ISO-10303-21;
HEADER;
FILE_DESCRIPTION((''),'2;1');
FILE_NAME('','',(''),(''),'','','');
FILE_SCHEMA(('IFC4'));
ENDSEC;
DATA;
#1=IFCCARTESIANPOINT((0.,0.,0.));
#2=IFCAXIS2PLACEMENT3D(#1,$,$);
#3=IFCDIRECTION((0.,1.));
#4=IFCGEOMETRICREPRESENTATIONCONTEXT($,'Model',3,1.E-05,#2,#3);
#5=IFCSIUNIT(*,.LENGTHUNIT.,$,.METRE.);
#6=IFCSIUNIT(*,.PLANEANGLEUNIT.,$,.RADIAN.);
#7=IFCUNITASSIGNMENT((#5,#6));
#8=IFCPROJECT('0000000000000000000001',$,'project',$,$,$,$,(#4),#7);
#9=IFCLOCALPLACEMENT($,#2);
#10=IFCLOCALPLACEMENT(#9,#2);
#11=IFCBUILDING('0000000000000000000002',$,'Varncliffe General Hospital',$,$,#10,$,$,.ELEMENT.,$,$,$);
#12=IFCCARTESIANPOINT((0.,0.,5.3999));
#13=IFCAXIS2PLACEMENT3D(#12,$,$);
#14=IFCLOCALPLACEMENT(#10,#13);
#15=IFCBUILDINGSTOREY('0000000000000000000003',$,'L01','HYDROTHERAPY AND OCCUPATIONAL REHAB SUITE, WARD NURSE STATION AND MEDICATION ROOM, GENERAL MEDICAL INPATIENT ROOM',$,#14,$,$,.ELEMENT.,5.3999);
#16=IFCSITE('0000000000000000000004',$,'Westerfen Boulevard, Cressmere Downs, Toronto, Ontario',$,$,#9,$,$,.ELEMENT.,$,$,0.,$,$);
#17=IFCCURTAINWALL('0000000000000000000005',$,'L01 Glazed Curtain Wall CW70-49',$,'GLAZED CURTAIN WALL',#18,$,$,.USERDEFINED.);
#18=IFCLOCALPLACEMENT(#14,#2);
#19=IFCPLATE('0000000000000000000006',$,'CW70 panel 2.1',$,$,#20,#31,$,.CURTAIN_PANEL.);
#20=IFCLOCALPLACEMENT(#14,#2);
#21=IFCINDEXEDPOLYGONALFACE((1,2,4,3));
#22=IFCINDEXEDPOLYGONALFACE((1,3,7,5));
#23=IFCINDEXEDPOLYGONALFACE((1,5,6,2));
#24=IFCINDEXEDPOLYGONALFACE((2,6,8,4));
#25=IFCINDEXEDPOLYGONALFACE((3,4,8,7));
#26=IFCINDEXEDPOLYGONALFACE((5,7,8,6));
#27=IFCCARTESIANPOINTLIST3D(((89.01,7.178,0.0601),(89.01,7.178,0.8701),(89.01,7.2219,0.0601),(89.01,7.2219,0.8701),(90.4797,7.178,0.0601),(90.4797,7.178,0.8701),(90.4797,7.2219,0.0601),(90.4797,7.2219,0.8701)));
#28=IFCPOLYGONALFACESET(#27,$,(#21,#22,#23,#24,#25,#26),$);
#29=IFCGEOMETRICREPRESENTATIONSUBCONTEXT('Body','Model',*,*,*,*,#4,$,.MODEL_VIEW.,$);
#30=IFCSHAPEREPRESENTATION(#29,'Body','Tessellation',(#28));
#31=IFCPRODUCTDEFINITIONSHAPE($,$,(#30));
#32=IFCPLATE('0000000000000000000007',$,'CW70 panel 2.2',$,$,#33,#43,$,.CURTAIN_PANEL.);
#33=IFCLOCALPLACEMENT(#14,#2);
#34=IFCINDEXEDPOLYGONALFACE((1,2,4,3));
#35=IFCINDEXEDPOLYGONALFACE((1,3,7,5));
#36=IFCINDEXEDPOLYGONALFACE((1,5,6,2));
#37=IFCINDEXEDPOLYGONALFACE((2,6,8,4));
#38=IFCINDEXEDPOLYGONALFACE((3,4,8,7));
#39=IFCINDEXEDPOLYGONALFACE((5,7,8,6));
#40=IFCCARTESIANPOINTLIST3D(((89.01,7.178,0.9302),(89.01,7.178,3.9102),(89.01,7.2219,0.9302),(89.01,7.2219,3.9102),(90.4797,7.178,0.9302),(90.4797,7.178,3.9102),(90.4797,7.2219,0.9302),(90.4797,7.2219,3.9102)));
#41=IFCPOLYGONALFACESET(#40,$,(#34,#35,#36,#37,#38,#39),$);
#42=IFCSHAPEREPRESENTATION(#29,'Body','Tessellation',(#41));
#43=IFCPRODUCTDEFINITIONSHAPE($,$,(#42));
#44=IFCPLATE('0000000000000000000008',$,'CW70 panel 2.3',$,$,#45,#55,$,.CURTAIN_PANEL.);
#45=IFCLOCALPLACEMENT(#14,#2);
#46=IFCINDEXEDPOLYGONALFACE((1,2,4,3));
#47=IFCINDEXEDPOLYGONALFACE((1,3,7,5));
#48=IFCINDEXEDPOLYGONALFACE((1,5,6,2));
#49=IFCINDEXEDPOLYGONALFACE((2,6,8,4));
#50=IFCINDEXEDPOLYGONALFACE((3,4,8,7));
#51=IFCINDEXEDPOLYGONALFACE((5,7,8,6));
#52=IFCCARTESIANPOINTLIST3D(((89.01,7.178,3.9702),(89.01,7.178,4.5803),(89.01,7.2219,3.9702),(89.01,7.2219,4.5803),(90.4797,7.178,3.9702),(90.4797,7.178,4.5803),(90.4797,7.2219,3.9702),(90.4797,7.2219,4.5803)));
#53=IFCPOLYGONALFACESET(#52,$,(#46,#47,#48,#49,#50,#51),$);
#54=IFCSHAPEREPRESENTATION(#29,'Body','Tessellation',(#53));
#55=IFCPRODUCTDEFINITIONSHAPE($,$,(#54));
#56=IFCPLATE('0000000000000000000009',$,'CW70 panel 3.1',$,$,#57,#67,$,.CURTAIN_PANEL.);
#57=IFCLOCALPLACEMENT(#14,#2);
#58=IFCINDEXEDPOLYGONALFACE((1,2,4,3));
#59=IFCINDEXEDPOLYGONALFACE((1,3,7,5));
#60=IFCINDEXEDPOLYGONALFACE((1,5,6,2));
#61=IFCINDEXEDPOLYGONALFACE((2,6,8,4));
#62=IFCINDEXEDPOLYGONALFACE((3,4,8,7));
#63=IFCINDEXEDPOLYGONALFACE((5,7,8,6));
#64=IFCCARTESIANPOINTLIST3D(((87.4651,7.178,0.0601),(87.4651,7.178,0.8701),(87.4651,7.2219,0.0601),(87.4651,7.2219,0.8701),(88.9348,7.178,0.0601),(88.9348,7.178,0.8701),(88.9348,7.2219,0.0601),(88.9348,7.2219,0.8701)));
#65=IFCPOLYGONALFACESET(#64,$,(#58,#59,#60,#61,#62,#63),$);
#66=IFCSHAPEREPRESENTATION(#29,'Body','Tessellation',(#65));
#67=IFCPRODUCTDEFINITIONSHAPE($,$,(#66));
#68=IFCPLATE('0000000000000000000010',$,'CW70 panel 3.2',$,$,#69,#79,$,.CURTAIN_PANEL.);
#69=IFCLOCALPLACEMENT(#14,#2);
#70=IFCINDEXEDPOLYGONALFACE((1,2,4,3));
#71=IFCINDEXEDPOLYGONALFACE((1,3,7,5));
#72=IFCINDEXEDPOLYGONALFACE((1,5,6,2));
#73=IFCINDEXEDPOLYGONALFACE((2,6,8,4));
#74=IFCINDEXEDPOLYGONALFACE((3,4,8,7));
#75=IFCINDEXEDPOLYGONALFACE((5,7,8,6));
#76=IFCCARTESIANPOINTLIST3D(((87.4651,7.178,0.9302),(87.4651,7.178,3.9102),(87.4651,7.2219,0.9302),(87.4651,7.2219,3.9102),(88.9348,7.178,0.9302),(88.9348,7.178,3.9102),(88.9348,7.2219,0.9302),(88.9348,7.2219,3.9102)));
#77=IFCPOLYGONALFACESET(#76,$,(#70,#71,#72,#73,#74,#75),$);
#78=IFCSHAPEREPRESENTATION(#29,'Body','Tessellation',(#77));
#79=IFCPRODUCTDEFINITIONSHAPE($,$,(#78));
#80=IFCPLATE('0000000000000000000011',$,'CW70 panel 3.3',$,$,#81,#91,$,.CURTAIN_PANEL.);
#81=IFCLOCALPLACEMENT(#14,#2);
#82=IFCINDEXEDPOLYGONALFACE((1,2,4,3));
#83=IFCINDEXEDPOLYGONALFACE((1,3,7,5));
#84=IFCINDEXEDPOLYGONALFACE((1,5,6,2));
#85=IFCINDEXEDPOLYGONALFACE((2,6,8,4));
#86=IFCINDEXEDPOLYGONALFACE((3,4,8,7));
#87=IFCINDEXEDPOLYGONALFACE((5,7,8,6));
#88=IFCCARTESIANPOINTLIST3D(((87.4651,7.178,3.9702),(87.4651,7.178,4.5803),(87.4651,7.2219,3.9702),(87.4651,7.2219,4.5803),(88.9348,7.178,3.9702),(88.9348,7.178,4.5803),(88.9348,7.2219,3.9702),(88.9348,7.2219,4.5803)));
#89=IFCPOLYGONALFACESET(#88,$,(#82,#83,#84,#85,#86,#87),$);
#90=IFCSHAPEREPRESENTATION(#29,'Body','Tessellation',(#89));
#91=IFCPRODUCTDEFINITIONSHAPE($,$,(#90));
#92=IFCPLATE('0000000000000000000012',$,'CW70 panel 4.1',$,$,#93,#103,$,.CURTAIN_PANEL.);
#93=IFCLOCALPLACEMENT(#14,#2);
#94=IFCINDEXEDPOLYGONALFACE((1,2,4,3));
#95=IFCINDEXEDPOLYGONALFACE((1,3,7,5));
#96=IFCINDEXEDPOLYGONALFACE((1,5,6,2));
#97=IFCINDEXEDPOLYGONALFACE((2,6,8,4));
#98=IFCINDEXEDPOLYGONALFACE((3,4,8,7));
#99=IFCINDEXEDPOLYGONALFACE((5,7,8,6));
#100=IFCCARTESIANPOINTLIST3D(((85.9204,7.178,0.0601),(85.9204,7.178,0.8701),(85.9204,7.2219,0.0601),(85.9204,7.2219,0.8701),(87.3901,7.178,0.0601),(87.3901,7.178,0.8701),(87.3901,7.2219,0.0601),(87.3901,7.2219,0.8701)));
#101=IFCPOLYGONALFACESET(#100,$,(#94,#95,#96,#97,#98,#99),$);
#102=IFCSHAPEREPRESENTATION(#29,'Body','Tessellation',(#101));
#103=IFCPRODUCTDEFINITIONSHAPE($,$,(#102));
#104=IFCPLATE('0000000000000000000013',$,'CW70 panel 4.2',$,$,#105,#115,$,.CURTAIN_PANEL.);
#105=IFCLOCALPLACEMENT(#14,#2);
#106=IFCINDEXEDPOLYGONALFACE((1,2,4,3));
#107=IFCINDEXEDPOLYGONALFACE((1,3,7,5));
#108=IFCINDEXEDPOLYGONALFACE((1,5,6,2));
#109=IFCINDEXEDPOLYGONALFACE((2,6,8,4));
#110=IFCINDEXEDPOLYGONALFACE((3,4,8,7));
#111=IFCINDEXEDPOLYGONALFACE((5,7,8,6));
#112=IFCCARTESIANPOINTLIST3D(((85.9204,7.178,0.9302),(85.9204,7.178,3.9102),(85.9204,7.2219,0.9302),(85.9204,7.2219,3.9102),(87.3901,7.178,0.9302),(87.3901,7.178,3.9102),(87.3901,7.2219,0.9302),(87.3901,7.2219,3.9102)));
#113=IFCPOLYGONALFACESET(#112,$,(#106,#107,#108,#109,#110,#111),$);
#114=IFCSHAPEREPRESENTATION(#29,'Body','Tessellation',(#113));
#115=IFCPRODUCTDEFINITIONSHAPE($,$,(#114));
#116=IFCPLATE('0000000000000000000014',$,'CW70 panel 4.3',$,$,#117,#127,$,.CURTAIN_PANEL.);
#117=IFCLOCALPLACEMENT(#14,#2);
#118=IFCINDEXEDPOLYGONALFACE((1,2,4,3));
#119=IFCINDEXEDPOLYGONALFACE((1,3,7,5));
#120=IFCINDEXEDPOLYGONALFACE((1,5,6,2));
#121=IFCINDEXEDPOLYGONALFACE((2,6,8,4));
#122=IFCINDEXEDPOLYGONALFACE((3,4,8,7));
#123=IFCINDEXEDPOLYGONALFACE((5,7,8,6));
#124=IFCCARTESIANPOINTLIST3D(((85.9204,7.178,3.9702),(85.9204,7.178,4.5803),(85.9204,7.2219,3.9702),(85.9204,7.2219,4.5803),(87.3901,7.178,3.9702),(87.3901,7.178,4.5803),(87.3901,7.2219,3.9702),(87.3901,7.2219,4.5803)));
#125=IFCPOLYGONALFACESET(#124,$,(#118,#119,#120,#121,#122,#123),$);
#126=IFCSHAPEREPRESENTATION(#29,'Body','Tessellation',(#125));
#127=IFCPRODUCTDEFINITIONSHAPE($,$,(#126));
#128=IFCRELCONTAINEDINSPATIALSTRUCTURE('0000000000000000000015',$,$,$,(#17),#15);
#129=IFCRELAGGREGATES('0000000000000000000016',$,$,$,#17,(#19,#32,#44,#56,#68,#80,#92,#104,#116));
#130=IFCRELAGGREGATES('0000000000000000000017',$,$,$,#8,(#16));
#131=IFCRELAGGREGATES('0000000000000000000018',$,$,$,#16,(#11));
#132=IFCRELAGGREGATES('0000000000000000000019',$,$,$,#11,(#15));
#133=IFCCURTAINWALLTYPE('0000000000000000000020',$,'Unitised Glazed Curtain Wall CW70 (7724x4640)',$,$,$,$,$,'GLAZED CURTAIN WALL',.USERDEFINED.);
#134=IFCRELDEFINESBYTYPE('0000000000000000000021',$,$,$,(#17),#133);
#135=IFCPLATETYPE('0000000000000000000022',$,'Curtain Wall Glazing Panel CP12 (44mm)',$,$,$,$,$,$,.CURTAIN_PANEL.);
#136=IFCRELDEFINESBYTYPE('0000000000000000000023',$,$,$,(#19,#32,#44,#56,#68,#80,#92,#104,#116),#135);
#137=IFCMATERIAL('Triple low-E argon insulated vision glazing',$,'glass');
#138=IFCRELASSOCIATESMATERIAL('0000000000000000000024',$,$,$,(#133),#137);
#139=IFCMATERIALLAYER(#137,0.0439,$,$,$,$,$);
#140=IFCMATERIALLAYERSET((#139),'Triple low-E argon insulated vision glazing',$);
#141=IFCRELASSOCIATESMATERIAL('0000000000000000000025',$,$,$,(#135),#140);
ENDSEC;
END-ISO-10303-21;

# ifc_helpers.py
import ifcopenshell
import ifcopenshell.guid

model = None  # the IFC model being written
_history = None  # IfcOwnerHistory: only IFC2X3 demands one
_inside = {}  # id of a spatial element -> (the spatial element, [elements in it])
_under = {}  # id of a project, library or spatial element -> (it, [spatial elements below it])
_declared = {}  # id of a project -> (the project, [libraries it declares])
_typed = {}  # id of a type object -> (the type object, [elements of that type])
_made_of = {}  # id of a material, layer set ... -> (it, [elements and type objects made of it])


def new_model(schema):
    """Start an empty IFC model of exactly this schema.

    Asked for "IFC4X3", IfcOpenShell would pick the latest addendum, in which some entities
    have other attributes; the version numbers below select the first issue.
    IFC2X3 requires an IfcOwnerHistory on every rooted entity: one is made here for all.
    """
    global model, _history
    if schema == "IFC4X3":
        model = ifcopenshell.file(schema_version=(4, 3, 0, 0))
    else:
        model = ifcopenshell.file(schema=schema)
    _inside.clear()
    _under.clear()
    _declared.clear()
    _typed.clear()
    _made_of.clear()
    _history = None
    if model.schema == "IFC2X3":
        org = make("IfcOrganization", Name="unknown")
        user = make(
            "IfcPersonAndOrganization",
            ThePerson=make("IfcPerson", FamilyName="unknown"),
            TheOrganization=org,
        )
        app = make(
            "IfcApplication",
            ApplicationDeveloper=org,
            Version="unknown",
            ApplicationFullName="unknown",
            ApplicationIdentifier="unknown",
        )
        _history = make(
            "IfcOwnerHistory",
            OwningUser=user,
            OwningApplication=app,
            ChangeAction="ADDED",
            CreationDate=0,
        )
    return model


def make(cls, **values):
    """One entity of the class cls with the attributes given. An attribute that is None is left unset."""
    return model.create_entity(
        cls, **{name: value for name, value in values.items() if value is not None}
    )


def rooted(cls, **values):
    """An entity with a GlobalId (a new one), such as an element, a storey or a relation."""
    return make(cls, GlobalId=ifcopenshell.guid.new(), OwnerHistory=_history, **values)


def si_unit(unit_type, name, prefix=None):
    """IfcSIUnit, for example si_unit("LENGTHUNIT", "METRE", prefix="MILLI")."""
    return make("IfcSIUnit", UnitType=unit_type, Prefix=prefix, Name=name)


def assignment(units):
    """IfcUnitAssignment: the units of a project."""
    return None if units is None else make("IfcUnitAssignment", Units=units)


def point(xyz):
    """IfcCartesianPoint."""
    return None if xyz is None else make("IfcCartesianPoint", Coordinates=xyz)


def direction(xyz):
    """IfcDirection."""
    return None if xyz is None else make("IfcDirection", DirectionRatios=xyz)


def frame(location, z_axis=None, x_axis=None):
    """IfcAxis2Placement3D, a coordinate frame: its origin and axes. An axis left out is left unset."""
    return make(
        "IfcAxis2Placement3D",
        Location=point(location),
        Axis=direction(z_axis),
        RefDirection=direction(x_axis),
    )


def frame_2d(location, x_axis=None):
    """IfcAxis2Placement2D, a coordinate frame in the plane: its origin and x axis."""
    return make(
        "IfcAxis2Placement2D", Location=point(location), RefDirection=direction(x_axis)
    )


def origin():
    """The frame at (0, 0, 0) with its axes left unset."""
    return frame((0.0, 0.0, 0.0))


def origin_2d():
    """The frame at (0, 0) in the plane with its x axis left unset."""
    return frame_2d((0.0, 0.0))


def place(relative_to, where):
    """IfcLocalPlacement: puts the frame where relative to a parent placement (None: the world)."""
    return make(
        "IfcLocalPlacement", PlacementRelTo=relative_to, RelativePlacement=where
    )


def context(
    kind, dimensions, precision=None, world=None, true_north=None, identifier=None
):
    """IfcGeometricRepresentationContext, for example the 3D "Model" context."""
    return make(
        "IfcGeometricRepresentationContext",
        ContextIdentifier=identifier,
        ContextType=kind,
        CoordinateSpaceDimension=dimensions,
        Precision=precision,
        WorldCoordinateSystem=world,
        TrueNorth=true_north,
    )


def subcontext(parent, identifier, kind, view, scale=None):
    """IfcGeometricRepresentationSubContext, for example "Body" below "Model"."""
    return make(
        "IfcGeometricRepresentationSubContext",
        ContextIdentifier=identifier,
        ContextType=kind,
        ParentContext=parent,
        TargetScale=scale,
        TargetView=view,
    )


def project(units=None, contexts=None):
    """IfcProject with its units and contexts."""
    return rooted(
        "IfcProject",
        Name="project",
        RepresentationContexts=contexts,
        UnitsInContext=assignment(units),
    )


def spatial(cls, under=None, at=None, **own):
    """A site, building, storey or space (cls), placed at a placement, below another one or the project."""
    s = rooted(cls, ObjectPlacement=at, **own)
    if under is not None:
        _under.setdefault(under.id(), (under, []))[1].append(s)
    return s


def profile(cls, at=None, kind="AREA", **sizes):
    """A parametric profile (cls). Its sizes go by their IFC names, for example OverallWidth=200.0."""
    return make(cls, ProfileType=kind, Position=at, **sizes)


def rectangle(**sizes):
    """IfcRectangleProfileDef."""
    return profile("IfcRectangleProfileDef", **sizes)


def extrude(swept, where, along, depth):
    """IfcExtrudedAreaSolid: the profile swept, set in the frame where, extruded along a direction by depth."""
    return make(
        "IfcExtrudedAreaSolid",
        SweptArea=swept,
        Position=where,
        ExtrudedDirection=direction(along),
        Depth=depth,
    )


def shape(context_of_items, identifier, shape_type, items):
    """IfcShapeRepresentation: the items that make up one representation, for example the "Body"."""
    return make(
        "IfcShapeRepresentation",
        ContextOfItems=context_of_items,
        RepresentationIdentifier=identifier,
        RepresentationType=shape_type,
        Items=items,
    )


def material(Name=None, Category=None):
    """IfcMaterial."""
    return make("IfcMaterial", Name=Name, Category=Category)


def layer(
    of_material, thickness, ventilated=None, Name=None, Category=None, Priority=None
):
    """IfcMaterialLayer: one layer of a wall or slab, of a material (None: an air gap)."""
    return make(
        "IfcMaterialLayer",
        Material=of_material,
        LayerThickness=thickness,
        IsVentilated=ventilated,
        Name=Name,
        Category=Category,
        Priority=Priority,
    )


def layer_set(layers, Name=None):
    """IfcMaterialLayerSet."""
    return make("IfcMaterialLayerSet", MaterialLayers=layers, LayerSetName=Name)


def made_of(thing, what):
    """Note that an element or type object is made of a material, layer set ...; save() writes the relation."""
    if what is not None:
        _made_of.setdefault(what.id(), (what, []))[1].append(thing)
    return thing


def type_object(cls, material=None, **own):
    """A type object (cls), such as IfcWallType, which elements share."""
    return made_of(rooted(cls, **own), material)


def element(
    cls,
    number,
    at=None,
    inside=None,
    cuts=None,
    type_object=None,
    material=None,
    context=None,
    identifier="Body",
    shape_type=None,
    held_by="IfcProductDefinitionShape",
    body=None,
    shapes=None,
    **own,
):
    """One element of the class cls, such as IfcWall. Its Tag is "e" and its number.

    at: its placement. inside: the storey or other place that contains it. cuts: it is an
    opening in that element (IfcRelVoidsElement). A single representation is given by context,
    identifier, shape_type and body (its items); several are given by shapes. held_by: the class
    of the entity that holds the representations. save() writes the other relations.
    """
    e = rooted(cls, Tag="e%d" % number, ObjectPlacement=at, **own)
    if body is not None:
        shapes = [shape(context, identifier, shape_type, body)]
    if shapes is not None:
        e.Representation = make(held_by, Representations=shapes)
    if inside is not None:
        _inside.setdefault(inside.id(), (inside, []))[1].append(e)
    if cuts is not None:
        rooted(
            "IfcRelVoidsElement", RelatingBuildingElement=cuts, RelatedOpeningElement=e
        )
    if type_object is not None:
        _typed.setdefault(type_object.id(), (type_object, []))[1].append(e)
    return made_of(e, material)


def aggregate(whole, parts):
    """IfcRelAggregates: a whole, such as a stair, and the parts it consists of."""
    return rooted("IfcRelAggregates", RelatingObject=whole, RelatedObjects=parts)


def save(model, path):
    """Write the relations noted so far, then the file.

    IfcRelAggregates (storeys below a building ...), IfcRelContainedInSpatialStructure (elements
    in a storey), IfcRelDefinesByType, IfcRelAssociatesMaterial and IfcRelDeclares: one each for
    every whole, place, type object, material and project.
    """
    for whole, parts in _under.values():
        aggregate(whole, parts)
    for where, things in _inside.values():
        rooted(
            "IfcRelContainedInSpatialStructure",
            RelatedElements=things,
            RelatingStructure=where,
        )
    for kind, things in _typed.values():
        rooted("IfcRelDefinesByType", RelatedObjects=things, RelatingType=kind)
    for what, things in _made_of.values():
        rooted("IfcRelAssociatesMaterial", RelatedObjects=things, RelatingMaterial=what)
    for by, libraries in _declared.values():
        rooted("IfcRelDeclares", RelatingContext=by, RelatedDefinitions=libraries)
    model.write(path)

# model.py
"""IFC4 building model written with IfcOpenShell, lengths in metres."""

from ifc_helpers import new_model, si_unit, direction, frame, origin, origin_2d, place, context, subcontext, project, spatial, rectangle, extrude, material, layer, layer_set, type_object, element, aggregate, save


model = new_model("IFC4")

# Units and contexts
model_context = context("Model", 3, precision=1e-05, world=origin(), true_north=direction((0.0, 1.0)))
body_context = subcontext(model_context, "Body", "Model", "MODEL_VIEW")
ifc_project = project(units=[si_unit("LENGTHUNIT", "METRE"), si_unit("PLANEANGLEUNIT", "RADIAN")], contexts=[model_context])

# Site, building, storey
site_placement = place(None, origin())
site = spatial("IfcSite", under=ifc_project, at=site_placement, Name="Westerfen Boulevard, Cressmere Downs, Toronto, Ontario", CompositionType="ELEMENT", RefElevation=0.0)
building_placement = place(site_placement, origin())
building = spatial("IfcBuilding", under=site, at=building_placement, Name="Varncliffe General Hospital", CompositionType="ELEMENT")
storey_placement = place(building_placement, frame((0.0, 0.0, 5.3999)))
storey = spatial("IfcBuildingStorey", under=building, at=storey_placement, Name="L01", Description="HYDROTHERAPY AND OCCUPATIONAL REHAB SUITE, WARD NURSE STATION AND MEDICATION ROOM, GENERAL MEDICAL INPATIENT ROOM", CompositionType="ELEMENT", Elevation=5.3999)

# Curtain wall, plates
ifc_material_1 = material(Name="Triple low-E argon insulated vision glazing", Category="glass")
curtain_wall_type = type_object("IfcCurtainWallType", Name="Unitised Glazed Curtain Wall CW70 (7724x4640)", ElementType="GLAZED CURTAIN WALL", PredefinedType="USERDEFINED", material=ifc_material_1)
curtain_wall_placement = place(storey_placement, origin())
curtain_wall = element("IfcCurtainWall", 1, at=curtain_wall_placement, inside=storey, type_object=curtain_wall_type, Name="L01 Glazed Curtain Wall CW70-49", ObjectType="GLAZED CURTAIN WALL", PredefinedType="USERDEFINED")
ifc_layer = layer(ifc_material_1, 0.0439)
ifc_layer_set = layer_set([ifc_layer], Name="Triple low-E argon insulated vision glazing")
plate_type = type_object("IfcPlateType", Name="Curtain Wall Glazing Panel CP12 (44mm)", PredefinedType="CURTAIN_PANEL", material=ifc_layer_set)
plate_1_placement = place(storey_placement, frame((89.7449, 7.2, 0.0601), z_axis=(0.0, 0.0, 1.0), x_axis=(-1.0, 0.0, 0.0)))
plate_1 = element("IfcPlate", 2, at=plate_1_placement, type_object=plate_type, Name="CW70 panel 2.1", PredefinedType="CURTAIN_PANEL", context=body_context, shape_type="SweptSolid", body=[
    extrude(rectangle(XDim=1.4697, YDim=0.0439, at=origin_2d()), origin(), (0.0, 0.0, 1.0), 0.8101),
])
plate_2_placement = place(storey_placement, frame((89.7449, 7.2, 0.9302), z_axis=(0.0, 0.0, 1.0), x_axis=(-1.0, 0.0, 0.0)))
plate_2 = element("IfcPlate", 3, at=plate_2_placement, type_object=plate_type, Name="CW70 panel 2.2", PredefinedType="CURTAIN_PANEL", context=body_context, shape_type="SweptSolid", body=[
    extrude(rectangle(XDim=1.4697, YDim=0.0439, at=origin_2d()), origin(), (0.0, 0.0, 1.0), 2.98),
])
plate_3_placement = place(storey_placement, frame((89.7449, 7.2, 3.9702), z_axis=(0.0, 0.0, 1.0), x_axis=(-1.0, 0.0, 0.0)))
plate_3 = element("IfcPlate", 4, at=plate_3_placement, type_object=plate_type, Name="CW70 panel 2.3", PredefinedType="CURTAIN_PANEL", context=body_context, shape_type="SweptSolid", body=[
    extrude(rectangle(XDim=1.4697, YDim=0.0439, at=origin_2d()), origin(), (0.0, 0.0, 1.0), 0.6101),
])
plate_4_placement = place(storey_placement, frame((88.2, 7.2, 0.0601), z_axis=(0.0, 0.0, 1.0), x_axis=(-1.0, 0.0, 0.0)))
plate_4 = element("IfcPlate", 5, at=plate_4_placement, type_object=plate_type, Name="CW70 panel 3.1", PredefinedType="CURTAIN_PANEL", context=body_context, shape_type="SweptSolid", body=[
    extrude(rectangle(XDim=1.4697, YDim=0.0439, at=origin_2d()), origin(), (0.0, 0.0, 1.0), 0.8101),
])
plate_5_placement = place(storey_placement, frame((88.2, 7.2, 0.9302), z_axis=(0.0, 0.0, 1.0), x_axis=(-1.0, 0.0, 0.0)))
plate_5 = element("IfcPlate", 6, at=plate_5_placement, type_object=plate_type, Name="CW70 panel 3.2", PredefinedType="CURTAIN_PANEL", context=body_context, shape_type="SweptSolid", body=[
    extrude(rectangle(XDim=1.4697, YDim=0.0439, at=origin_2d()), origin(), (0.0, 0.0, 1.0), 2.98),
])
plate_6_placement = place(storey_placement, frame((88.2, 7.2, 3.9702), z_axis=(0.0, 0.0, 1.0), x_axis=(-1.0, 0.0, 0.0)))
plate_6 = element("IfcPlate", 7, at=plate_6_placement, type_object=plate_type, Name="CW70 panel 3.3", PredefinedType="CURTAIN_PANEL", context=body_context, shape_type="SweptSolid", body=[
    extrude(rectangle(XDim=1.4697, YDim=0.0439, at=origin_2d()), origin(), (0.0, 0.0, 1.0), 0.6101),
])
plate_7_placement = place(storey_placement, frame((86.6553, 7.2, 0.0601), z_axis=(0.0, 0.0, 1.0), x_axis=(-1.0, 0.0, 0.0)))
plate_7 = element("IfcPlate", 8, at=plate_7_placement, type_object=plate_type, Name="CW70 panel 4.1", PredefinedType="CURTAIN_PANEL", context=body_context, shape_type="SweptSolid", body=[
    extrude(rectangle(XDim=1.4697, YDim=0.0439, at=origin_2d()), origin(), (0.0, 0.0, 1.0), 0.8101),
])
plate_8_placement = place(storey_placement, frame((86.6553, 7.2, 0.9302), z_axis=(0.0, 0.0, 1.0), x_axis=(-1.0, 0.0, 0.0)))
plate_8 = element("IfcPlate", 9, at=plate_8_placement, type_object=plate_type, Name="CW70 panel 4.2", PredefinedType="CURTAIN_PANEL", context=body_context, shape_type="SweptSolid", body=[
    extrude(rectangle(XDim=1.4697, YDim=0.0439, at=origin_2d()), origin(), (0.0, 0.0, 1.0), 2.98),
])
plate_9_placement = place(storey_placement, frame((86.6553, 7.2, 3.9702), z_axis=(0.0, 0.0, 1.0), x_axis=(-1.0, 0.0, 0.0)))
plate_9 = element("IfcPlate", 10, at=plate_9_placement, type_object=plate_type, Name="CW70 panel 4.3", PredefinedType="CURTAIN_PANEL", context=body_context, shape_type="SweptSolid", body=[
    extrude(rectangle(XDim=1.4697, YDim=0.0439, at=origin_2d()), origin(), (0.0, 0.0, 1.0), 0.6101),
])
aggregate(curtain_wall, [plate_1, plate_2, plate_3, plate_4, plate_5, plate_6, plate_7, plate_8, plate_9])

save(model, "model.ifc")
